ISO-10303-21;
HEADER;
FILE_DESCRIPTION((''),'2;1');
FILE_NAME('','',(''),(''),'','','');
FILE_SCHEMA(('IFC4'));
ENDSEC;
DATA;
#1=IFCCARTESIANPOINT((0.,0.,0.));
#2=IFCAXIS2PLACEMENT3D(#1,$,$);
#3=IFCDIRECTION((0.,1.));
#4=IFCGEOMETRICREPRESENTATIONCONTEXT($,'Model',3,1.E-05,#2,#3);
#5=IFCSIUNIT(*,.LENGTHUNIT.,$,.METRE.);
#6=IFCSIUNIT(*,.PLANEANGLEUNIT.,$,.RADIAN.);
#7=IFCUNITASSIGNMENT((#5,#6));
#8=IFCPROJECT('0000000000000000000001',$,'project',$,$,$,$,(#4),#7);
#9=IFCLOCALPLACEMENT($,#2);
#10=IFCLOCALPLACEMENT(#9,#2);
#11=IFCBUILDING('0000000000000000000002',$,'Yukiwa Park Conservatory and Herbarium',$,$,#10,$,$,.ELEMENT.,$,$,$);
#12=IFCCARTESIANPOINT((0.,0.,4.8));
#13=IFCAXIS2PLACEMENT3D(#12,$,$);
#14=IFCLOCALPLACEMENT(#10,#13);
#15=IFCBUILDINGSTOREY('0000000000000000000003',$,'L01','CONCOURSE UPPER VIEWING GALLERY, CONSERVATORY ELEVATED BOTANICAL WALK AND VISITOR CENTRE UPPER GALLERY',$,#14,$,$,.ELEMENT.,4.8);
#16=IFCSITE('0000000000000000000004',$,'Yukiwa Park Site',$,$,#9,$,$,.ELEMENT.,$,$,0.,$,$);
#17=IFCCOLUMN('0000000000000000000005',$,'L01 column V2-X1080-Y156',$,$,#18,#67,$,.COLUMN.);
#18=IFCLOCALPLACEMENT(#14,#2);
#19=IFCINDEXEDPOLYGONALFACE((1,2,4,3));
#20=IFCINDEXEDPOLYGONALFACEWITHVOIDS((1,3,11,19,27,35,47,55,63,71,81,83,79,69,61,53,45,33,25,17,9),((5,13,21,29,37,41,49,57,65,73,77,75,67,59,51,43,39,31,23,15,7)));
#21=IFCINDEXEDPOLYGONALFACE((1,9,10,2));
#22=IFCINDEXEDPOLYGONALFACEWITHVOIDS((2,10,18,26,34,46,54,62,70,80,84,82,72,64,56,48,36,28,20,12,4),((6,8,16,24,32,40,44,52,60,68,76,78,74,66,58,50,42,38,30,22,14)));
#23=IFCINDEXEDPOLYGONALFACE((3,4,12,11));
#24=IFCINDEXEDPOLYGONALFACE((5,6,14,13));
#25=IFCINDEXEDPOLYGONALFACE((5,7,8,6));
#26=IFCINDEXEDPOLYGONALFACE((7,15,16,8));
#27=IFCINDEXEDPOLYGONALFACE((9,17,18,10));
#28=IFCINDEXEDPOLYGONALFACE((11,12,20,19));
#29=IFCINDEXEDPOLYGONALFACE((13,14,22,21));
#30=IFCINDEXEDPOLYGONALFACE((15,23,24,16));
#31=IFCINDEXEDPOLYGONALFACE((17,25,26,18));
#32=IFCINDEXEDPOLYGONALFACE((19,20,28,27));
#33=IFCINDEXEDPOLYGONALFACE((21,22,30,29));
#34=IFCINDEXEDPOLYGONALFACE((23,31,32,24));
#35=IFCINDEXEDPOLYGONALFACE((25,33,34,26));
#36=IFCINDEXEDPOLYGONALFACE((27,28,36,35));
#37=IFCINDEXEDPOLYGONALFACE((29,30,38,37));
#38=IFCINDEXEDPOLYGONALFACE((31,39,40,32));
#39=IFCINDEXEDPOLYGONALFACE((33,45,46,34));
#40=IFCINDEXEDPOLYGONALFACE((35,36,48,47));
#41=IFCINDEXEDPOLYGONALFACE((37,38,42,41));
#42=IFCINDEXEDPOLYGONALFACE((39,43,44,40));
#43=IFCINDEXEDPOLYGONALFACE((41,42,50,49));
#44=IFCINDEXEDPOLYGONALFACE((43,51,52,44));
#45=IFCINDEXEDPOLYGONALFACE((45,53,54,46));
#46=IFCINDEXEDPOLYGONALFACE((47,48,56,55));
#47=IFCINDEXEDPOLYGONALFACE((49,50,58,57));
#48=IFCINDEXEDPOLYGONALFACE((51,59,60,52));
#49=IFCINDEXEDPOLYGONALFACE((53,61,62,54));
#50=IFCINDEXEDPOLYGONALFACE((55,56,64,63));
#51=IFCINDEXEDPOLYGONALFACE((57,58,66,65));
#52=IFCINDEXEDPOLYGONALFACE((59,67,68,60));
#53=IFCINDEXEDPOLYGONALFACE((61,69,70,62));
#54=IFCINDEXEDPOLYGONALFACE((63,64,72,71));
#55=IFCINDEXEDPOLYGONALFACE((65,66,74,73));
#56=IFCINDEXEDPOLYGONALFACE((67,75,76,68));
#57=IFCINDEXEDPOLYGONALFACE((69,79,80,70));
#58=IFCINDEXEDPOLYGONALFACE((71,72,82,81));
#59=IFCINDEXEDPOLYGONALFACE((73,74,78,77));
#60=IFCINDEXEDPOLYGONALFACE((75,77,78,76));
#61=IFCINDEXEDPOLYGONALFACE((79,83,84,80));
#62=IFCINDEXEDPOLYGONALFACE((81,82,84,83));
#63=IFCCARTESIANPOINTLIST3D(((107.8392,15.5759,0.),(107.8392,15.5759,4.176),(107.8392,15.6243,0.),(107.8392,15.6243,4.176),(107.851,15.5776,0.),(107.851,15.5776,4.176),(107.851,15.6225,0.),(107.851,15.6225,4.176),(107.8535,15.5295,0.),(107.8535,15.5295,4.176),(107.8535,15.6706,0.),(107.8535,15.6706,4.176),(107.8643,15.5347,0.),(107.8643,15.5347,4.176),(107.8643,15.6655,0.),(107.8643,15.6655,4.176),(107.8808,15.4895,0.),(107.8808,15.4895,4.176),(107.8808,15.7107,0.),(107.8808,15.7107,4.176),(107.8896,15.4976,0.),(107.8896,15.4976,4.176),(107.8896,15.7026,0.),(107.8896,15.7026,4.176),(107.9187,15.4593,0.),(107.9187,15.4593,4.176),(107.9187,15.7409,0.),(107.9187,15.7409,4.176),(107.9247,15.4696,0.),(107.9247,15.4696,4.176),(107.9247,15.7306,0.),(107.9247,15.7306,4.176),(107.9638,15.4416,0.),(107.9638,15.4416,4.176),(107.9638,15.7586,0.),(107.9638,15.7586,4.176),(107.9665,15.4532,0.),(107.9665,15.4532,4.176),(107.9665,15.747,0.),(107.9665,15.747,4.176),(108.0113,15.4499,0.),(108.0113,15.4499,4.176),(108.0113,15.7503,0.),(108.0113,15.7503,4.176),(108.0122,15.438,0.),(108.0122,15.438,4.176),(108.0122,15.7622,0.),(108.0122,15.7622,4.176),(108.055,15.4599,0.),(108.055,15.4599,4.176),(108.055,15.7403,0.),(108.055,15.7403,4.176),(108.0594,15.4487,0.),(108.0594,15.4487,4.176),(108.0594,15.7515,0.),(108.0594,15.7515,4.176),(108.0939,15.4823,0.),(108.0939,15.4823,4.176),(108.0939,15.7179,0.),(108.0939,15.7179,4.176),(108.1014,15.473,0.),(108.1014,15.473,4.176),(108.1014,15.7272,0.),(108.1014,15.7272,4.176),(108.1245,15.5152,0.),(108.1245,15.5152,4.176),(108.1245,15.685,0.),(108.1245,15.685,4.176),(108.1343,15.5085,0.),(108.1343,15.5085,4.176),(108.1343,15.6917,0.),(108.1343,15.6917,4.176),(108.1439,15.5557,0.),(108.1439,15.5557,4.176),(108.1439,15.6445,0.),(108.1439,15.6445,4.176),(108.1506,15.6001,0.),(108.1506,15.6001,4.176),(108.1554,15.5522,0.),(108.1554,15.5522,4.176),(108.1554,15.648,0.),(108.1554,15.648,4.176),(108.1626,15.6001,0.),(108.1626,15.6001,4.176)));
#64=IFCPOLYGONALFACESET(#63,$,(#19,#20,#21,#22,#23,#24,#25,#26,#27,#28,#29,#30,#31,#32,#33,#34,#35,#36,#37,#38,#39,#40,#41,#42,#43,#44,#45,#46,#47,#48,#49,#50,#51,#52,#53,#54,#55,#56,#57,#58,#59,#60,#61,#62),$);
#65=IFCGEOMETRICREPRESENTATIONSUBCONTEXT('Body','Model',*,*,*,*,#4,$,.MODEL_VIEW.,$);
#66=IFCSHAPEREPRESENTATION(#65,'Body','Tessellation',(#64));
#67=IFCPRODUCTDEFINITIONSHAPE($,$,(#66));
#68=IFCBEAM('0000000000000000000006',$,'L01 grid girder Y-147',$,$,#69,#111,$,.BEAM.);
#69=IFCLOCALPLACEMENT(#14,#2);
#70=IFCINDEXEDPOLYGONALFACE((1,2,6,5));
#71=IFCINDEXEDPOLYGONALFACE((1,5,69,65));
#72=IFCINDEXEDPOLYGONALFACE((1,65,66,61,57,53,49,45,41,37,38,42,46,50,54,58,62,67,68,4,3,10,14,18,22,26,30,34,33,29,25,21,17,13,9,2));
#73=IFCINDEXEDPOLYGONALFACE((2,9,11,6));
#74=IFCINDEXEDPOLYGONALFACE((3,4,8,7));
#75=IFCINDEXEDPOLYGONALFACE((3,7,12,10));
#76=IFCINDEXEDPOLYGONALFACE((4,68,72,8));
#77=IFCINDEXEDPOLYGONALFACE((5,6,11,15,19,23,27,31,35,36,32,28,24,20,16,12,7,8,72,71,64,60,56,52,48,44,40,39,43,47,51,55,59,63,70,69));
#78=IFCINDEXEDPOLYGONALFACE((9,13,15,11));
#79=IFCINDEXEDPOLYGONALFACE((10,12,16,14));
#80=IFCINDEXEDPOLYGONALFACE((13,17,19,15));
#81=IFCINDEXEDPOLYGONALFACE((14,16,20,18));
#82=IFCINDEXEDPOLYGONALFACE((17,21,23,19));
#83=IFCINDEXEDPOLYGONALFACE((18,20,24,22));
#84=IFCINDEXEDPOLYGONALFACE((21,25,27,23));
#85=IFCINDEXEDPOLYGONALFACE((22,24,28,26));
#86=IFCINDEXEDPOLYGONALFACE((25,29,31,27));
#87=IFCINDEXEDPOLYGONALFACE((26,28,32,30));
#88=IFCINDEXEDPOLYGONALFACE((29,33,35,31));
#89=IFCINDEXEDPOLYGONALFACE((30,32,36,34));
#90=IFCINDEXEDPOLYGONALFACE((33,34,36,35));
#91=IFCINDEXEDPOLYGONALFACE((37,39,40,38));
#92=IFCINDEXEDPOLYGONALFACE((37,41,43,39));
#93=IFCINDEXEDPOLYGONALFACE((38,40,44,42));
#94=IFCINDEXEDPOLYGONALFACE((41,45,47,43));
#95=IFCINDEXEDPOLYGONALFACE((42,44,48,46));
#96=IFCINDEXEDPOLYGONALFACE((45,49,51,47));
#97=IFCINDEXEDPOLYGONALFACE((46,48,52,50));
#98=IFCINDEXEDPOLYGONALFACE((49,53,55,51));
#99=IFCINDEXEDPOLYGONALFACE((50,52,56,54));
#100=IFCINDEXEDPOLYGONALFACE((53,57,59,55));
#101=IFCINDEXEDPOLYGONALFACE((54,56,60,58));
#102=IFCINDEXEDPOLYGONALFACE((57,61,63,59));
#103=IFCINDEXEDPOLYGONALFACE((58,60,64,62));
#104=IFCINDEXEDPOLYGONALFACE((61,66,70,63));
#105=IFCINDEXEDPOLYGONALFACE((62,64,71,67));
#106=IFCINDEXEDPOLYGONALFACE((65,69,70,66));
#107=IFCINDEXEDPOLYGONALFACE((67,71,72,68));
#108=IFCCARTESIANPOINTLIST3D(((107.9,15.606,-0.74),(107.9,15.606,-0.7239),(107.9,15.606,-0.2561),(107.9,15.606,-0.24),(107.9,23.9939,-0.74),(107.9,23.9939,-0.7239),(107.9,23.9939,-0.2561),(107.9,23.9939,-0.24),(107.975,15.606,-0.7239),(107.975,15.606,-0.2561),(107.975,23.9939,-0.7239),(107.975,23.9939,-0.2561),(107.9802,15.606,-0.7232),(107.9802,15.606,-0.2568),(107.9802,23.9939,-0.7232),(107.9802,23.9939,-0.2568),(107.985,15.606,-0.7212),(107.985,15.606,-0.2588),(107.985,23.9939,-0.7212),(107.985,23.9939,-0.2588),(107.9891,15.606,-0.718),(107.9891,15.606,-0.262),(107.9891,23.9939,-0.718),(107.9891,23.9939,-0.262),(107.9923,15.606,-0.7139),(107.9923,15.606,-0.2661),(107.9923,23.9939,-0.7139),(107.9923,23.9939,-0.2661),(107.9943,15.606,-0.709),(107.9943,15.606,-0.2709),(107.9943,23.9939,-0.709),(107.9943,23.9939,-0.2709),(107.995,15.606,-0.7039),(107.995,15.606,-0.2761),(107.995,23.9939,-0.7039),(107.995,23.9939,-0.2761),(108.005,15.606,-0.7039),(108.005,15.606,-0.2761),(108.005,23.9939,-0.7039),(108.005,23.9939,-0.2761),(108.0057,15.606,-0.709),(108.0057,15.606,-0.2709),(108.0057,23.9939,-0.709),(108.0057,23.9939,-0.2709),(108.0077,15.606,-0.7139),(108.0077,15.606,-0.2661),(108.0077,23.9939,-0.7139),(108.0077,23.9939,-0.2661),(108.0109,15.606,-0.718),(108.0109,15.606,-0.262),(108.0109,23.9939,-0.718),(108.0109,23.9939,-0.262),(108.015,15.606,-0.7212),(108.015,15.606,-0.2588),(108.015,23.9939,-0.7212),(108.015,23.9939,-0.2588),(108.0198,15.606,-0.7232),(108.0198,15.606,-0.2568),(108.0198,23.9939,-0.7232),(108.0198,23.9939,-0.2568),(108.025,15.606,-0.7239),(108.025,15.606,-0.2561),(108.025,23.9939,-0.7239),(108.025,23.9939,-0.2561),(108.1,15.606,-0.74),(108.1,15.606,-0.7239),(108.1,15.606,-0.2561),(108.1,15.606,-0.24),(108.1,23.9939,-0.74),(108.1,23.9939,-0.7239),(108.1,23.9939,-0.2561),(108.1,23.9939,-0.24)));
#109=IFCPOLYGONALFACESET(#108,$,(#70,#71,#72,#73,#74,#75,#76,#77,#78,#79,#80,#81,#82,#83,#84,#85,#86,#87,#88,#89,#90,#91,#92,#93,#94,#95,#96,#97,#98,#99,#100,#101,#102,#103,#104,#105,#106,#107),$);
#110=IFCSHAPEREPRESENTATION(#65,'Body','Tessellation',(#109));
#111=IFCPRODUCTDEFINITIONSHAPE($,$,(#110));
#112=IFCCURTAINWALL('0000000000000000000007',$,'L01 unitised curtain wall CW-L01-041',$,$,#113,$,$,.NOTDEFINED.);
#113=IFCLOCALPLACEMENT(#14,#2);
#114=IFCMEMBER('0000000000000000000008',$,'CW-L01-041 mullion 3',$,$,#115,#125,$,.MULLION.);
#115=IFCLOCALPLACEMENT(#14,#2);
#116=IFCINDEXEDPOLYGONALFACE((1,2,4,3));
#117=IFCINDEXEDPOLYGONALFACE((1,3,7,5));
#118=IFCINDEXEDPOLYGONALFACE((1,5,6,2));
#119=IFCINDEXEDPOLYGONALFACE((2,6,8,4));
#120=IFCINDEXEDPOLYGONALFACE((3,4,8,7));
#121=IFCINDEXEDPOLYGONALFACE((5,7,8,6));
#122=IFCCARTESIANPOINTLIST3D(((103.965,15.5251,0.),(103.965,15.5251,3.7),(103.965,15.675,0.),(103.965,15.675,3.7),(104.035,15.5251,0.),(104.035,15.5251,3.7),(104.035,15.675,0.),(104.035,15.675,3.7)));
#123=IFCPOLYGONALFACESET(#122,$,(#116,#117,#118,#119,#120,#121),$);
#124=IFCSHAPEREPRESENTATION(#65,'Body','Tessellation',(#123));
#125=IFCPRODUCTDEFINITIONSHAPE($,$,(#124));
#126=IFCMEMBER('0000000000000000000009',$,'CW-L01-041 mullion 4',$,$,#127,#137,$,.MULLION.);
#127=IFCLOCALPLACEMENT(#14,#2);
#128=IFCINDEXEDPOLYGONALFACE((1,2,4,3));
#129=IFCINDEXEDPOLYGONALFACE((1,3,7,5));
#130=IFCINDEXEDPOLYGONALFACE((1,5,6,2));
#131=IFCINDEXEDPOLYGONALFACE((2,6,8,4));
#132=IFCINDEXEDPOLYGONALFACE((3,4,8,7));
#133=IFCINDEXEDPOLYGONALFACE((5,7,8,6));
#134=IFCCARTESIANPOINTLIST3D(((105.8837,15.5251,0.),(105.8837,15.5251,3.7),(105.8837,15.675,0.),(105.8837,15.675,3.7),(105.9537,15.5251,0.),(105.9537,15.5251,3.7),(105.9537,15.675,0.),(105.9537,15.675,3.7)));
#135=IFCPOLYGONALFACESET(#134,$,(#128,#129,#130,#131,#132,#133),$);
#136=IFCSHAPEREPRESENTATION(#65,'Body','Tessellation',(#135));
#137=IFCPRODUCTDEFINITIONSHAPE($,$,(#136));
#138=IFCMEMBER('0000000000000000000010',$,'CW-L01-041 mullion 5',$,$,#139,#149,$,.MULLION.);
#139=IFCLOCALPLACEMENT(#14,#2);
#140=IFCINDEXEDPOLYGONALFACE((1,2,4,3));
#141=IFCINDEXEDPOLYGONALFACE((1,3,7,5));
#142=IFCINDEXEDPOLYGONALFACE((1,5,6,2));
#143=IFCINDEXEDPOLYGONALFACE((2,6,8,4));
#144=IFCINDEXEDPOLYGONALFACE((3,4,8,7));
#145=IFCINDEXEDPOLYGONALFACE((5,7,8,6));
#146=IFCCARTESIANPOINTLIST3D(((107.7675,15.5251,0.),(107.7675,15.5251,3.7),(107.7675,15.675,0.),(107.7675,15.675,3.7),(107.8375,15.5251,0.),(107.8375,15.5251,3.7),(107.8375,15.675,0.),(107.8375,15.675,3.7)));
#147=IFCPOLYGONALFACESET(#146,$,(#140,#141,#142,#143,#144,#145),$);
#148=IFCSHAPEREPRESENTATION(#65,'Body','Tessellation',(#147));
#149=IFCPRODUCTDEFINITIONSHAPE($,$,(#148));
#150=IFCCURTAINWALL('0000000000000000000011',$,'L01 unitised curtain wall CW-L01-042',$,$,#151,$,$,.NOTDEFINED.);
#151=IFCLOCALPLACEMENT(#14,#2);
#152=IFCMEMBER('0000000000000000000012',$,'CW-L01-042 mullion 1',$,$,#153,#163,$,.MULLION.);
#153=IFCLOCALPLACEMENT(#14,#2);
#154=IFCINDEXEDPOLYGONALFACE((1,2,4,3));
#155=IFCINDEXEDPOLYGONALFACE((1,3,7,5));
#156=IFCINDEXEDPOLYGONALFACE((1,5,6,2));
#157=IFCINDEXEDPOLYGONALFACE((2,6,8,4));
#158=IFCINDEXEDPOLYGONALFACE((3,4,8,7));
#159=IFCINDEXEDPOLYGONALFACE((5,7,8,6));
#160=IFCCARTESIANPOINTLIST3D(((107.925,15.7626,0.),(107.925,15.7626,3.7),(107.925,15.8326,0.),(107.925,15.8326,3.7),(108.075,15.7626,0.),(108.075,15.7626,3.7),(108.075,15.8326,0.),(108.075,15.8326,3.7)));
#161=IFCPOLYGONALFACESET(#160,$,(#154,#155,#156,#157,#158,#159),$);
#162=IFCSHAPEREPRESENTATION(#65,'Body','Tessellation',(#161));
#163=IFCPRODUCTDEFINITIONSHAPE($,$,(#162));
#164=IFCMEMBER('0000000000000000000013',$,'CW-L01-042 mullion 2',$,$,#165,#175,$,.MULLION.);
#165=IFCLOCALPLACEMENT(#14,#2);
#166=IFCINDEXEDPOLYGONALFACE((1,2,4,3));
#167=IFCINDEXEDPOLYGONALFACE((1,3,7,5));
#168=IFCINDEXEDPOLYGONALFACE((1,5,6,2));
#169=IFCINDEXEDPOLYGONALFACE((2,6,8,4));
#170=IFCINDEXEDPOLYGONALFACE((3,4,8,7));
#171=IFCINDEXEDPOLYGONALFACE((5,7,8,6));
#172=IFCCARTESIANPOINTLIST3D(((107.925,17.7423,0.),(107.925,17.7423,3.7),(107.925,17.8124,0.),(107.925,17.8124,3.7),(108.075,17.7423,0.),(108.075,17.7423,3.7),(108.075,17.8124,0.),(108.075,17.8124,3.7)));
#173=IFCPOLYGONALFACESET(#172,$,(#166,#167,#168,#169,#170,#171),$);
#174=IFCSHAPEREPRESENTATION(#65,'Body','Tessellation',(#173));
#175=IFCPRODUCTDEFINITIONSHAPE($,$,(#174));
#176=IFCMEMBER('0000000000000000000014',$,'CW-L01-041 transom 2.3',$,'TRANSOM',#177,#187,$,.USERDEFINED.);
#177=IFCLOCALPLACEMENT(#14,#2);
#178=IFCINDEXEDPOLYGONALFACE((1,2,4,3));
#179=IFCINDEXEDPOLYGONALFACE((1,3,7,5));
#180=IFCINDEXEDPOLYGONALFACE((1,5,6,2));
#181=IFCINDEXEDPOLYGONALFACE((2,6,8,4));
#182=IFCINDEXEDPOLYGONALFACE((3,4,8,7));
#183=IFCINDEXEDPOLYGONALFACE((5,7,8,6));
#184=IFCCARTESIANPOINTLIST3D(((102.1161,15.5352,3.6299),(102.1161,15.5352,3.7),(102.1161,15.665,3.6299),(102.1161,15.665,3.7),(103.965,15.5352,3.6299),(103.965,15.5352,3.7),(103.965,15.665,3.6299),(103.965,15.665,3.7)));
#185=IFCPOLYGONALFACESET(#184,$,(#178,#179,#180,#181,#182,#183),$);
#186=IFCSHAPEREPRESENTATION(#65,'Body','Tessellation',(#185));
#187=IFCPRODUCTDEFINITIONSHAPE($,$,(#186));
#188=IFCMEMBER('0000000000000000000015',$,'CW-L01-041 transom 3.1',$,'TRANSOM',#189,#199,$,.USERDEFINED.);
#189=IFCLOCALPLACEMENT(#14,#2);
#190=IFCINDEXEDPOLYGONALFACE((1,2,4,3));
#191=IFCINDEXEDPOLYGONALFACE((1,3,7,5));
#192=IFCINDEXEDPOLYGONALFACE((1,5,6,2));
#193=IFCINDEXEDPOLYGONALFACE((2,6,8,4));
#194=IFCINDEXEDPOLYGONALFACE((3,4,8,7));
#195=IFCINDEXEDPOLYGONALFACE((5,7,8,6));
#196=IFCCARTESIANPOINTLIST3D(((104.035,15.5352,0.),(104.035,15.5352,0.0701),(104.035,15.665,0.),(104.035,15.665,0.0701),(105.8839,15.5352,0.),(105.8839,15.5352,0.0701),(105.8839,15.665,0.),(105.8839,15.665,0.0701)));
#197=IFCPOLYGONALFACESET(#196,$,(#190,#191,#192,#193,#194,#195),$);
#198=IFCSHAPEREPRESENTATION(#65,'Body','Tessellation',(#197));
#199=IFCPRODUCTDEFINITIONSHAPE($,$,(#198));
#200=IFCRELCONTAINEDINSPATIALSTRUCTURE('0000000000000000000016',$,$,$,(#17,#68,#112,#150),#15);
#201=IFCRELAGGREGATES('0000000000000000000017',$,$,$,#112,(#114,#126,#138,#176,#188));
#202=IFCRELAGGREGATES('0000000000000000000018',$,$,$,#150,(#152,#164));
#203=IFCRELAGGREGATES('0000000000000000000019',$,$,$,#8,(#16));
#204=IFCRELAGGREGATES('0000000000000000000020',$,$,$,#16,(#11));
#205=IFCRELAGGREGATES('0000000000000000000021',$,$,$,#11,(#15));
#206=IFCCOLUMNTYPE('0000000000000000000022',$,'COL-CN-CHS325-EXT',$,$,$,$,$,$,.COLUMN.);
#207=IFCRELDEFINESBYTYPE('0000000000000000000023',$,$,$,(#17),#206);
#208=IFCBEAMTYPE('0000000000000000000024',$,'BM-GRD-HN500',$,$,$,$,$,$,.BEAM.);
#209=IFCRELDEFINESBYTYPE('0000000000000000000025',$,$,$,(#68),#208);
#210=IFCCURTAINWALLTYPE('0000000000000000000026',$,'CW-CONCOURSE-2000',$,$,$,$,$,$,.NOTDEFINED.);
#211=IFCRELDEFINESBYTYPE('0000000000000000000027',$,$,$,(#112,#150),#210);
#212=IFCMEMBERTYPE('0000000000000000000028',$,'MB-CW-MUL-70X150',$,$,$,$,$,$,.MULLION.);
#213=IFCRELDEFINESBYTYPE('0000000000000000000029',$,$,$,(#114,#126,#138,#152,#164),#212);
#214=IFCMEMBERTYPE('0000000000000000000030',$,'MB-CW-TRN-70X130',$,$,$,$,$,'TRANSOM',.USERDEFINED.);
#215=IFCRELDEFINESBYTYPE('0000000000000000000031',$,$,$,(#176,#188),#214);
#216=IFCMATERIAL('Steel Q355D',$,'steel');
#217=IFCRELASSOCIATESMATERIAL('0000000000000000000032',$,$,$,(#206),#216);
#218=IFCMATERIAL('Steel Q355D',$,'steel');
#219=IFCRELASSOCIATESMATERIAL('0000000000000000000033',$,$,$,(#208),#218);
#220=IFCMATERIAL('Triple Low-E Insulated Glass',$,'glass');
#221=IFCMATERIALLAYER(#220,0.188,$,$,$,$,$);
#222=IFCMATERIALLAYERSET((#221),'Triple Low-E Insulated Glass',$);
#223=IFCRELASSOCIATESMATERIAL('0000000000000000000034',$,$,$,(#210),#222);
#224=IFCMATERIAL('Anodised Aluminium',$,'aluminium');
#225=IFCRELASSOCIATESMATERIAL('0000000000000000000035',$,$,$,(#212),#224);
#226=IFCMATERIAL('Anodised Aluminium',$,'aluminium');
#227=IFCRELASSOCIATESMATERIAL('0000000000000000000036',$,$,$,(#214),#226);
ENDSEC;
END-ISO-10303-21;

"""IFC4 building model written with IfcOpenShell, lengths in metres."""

from ifc_helpers import new_model, si_unit, direction, frame, origin, origin_2d, place, context, subcontext, project, spatial, rectangle, hollow_circle, i_section, extrude, material, layer, layer_set, material_profile, profile_set, type_object, element, aggregate, save


model = new_model("IFC4")

# Units and contexts
model_context = context("Model", 3, precision=1e-05, world=origin(), true_north=direction((0.0, 1.0)))
body_context = subcontext(model_context, "Body", "Model", "MODEL_VIEW")
ifc_project = project(units=[si_unit("LENGTHUNIT", "METRE"), si_unit("PLANEANGLEUNIT", "RADIAN")], contexts=[model_context])

# Site, building, storey
site_placement = place(None, origin())
site = spatial("IfcSite", under=ifc_project, at=site_placement, Name="Yukiwa Park Site", CompositionType="ELEMENT", RefElevation=0.0)
building_placement = place(site_placement, origin())
building = spatial("IfcBuilding", under=site, at=building_placement, Name="Yukiwa Park Conservatory and Herbarium", CompositionType="ELEMENT")
storey_placement = place(building_placement, frame((0.0, 0.0, 4.8)))
storey = spatial("IfcBuildingStorey", under=building, at=storey_placement, Name="L01", Description="CONCOURSE UPPER VIEWING GALLERY, CONSERVATORY ELEVATED BOTANICAL WALK AND VISITOR CENTRE UPPER GALLERY", CompositionType="ELEMENT", Elevation=4.8)

# Column
ifc_material_1 = material(Name="Steel Q355D", Category="steel")
ifc_material_profile_1 = material_profile(ifc_material_1, hollow_circle(Radius=0.1626, WallThickness=0.012, at=origin_2d()), Name="CHS 325x12")
ifc_profile_set_1 = profile_set([ifc_material_profile_1], Name="Steel Q355D")
column_type = type_object("IfcColumnType", Name="COL-CN-CHS325-EXT", PredefinedType="COLUMN", material=ifc_profile_set_1)
column_placement = place(storey_placement, frame((108.0, 15.6001, 0.0), z_axis=(0.0, 0.0, 1.0), x_axis=(1.0, 0.0, 0.0)))
element("IfcColumn", 1, at=column_placement, inside=storey, type_object=column_type, Name="L01 column V2-X1080-Y156", PredefinedType="COLUMN", context=body_context, shape_type="SweptSolid", body=[
    extrude(hollow_circle(Radius=0.1626, WallThickness=0.012, at=origin_2d()), origin(), (0.0, 0.0, 1.0), 4.176),
])

# Beam
ifc_material_2 = material(Name="Steel Q355D", Category="steel")
ifc_material_profile_2 = material_profile(ifc_material_2, i_section(OverallWidth=0.2, OverallDepth=0.5, WebThickness=0.01, FlangeThickness=0.0161, FilletRadius=0.02, at=origin_2d()), Name="HN 500x200x10x16")
ifc_profile_set_2 = profile_set([ifc_material_profile_2], Name="Steel Q355D")
beam_type = type_object("IfcBeamType", Name="BM-GRD-HN500", PredefinedType="BEAM", material=ifc_profile_set_2)
beam_placement = place(storey_placement, frame((108.0, 15.606, -0.49), z_axis=(0.0, 1.0, 0.0), x_axis=(-1.0, 0.0, 0.0)))
element("IfcBeam", 2, at=beam_placement, inside=storey, type_object=beam_type, Name="L01 grid girder Y-147", PredefinedType="BEAM", context=body_context, shape_type="SweptSolid", body=[
    extrude(i_section(OverallWidth=0.2, OverallDepth=0.5, WebThickness=0.01, FlangeThickness=0.0161, FilletRadius=0.02, at=origin_2d()), origin(), (0.0, 0.0, 1.0), 8.3879),
])

# Curtain walls, members
ifc_material_3 = material(Name="Triple Low-E Insulated Glass", Category="glass")
ifc_layer_1 = layer(ifc_material_3, 0.188)
ifc_layer_set_1 = layer_set([ifc_layer_1], Name="Triple Low-E Insulated Glass")
curtain_wall_type = type_object("IfcCurtainWallType", Name="CW-CONCOURSE-2000", PredefinedType="NOTDEFINED", material=ifc_layer_set_1)
curtain_wall_1_placement = place(storey_placement, origin())
curtain_wall_1 = element("IfcCurtainWall", 3, at=curtain_wall_1_placement, inside=storey, type_object=curtain_wall_type, Name="L01 unitised curtain wall CW-L01-041", PredefinedType="NOTDEFINED")
ifc_material_4 = material(Name="Anodised Aluminium", Category="aluminium")
member_type_1 = type_object("IfcMemberType", Name="MB-CW-MUL-70X150", PredefinedType="MULLION", material=ifc_material_4)
member_1_placement = place(storey_placement, frame((104.0, 15.6001, 0.0), z_axis=(0.0, 0.0, 1.0), x_axis=(1.0, 0.0, 0.0)))
member_1 = element("IfcMember", 4, at=member_1_placement, type_object=member_type_1, Name="CW-L01-041 mullion 3", PredefinedType="MULLION", context=body_context, shape_type="SweptSolid", body=[
    extrude(rectangle(XDim=0.0701, YDim=0.1499, at=origin_2d()), origin(), (0.0, 0.0, 1.0), 3.7),
])
member_2_placement = place(storey_placement, frame((105.9187, 15.6001, 0.0), z_axis=(0.0, 0.0, 1.0), x_axis=(1.0, 0.0, 0.0)))
member_2 = element("IfcMember", 5, at=member_2_placement, type_object=member_type_1, Name="CW-L01-041 mullion 4", PredefinedType="MULLION", context=body_context, shape_type="SweptSolid", body=[
    extrude(rectangle(XDim=0.0701, YDim=0.1499, at=origin_2d()), origin(), (0.0, 0.0, 1.0), 3.7),
])
member_3_placement = place(storey_placement, frame((107.8025, 15.6001, 0.0), z_axis=(0.0, 0.0, 1.0), x_axis=(1.0, 0.0, 0.0)))
member_3 = element("IfcMember", 6, at=member_3_placement, type_object=member_type_1, Name="CW-L01-041 mullion 5", PredefinedType="MULLION", context=body_context, shape_type="SweptSolid", body=[
    extrude(rectangle(XDim=0.0701, YDim=0.1499, at=origin_2d()), origin(), (0.0, 0.0, 1.0), 3.7),
])
curtain_wall_2_placement = place(storey_placement, origin())
curtain_wall_2 = element("IfcCurtainWall", 7, at=curtain_wall_2_placement, inside=storey, type_object=curtain_wall_type, Name="L01 unitised curtain wall CW-L01-042", PredefinedType="NOTDEFINED")
member_4_placement = place(storey_placement, frame((108.0, 15.7976, 0.0), z_axis=(0.0, 0.0, 1.0), x_axis=(0.0, 1.0, 0.0)))
member_4 = element("IfcMember", 8, at=member_4_placement, type_object=member_type_1, Name="CW-L01-042 mullion 1", PredefinedType="MULLION", context=body_context, shape_type="SweptSolid", body=[
    extrude(rectangle(XDim=0.0701, YDim=0.1499, at=origin_2d()), origin(), (0.0, 0.0, 1.0), 3.7),
])
member_5_placement = place(storey_placement, frame((108.0, 17.7773, 0.0), z_axis=(0.0, 0.0, 1.0), x_axis=(0.0, 1.0, 0.0)))
member_5 = element("IfcMember", 9, at=member_5_placement, type_object=member_type_1, Name="CW-L01-042 mullion 2", PredefinedType="MULLION", context=body_context, shape_type="SweptSolid", body=[
    extrude(rectangle(XDim=0.0701, YDim=0.1499, at=origin_2d()), origin(), (0.0, 0.0, 1.0), 3.7),
])

# Members
ifc_material_5 = material(Name="Anodised Aluminium", Category="aluminium")
member_type_2 = type_object("IfcMemberType", Name="MB-CW-TRN-70X130", ElementType="TRANSOM", PredefinedType="USERDEFINED", material=ifc_material_5)
member_6_placement = place(storey_placement, frame((103.0405, 15.6001, 3.6299), z_axis=(0.0, 0.0, 1.0), x_axis=(1.0, 0.0, 0.0)))
member_6 = element("IfcMember", 10, at=member_6_placement, type_object=member_type_2, Name="CW-L01-041 transom 2.3", ObjectType="TRANSOM", PredefinedType="USERDEFINED", context=body_context, shape_type="SweptSolid", body=[
    extrude(rectangle(XDim=1.8489, YDim=0.1299, at=origin_2d()), origin(), (0.0, 0.0, 1.0), 0.0701),
])
member_7_placement = place(storey_placement, frame((104.9595, 15.6001, 0.0), z_axis=(0.0, 0.0, 1.0), x_axis=(1.0, 0.0, 0.0)))
member_7 = element("IfcMember", 11, at=member_7_placement, type_object=member_type_2, Name="CW-L01-041 transom 3.1", ObjectType="TRANSOM", PredefinedType="USERDEFINED", context=body_context, shape_type="SweptSolid", body=[
    extrude(rectangle(XDim=1.8489, YDim=0.1299, at=origin_2d()), origin(), (0.0, 0.0, 1.0), 0.0701),
])

aggregate(curtain_wall_1, [member_1, member_2, member_3, member_6, member_7])
aggregate(curtain_wall_2, [member_4, member_5])

save(model, "model.ifc")
